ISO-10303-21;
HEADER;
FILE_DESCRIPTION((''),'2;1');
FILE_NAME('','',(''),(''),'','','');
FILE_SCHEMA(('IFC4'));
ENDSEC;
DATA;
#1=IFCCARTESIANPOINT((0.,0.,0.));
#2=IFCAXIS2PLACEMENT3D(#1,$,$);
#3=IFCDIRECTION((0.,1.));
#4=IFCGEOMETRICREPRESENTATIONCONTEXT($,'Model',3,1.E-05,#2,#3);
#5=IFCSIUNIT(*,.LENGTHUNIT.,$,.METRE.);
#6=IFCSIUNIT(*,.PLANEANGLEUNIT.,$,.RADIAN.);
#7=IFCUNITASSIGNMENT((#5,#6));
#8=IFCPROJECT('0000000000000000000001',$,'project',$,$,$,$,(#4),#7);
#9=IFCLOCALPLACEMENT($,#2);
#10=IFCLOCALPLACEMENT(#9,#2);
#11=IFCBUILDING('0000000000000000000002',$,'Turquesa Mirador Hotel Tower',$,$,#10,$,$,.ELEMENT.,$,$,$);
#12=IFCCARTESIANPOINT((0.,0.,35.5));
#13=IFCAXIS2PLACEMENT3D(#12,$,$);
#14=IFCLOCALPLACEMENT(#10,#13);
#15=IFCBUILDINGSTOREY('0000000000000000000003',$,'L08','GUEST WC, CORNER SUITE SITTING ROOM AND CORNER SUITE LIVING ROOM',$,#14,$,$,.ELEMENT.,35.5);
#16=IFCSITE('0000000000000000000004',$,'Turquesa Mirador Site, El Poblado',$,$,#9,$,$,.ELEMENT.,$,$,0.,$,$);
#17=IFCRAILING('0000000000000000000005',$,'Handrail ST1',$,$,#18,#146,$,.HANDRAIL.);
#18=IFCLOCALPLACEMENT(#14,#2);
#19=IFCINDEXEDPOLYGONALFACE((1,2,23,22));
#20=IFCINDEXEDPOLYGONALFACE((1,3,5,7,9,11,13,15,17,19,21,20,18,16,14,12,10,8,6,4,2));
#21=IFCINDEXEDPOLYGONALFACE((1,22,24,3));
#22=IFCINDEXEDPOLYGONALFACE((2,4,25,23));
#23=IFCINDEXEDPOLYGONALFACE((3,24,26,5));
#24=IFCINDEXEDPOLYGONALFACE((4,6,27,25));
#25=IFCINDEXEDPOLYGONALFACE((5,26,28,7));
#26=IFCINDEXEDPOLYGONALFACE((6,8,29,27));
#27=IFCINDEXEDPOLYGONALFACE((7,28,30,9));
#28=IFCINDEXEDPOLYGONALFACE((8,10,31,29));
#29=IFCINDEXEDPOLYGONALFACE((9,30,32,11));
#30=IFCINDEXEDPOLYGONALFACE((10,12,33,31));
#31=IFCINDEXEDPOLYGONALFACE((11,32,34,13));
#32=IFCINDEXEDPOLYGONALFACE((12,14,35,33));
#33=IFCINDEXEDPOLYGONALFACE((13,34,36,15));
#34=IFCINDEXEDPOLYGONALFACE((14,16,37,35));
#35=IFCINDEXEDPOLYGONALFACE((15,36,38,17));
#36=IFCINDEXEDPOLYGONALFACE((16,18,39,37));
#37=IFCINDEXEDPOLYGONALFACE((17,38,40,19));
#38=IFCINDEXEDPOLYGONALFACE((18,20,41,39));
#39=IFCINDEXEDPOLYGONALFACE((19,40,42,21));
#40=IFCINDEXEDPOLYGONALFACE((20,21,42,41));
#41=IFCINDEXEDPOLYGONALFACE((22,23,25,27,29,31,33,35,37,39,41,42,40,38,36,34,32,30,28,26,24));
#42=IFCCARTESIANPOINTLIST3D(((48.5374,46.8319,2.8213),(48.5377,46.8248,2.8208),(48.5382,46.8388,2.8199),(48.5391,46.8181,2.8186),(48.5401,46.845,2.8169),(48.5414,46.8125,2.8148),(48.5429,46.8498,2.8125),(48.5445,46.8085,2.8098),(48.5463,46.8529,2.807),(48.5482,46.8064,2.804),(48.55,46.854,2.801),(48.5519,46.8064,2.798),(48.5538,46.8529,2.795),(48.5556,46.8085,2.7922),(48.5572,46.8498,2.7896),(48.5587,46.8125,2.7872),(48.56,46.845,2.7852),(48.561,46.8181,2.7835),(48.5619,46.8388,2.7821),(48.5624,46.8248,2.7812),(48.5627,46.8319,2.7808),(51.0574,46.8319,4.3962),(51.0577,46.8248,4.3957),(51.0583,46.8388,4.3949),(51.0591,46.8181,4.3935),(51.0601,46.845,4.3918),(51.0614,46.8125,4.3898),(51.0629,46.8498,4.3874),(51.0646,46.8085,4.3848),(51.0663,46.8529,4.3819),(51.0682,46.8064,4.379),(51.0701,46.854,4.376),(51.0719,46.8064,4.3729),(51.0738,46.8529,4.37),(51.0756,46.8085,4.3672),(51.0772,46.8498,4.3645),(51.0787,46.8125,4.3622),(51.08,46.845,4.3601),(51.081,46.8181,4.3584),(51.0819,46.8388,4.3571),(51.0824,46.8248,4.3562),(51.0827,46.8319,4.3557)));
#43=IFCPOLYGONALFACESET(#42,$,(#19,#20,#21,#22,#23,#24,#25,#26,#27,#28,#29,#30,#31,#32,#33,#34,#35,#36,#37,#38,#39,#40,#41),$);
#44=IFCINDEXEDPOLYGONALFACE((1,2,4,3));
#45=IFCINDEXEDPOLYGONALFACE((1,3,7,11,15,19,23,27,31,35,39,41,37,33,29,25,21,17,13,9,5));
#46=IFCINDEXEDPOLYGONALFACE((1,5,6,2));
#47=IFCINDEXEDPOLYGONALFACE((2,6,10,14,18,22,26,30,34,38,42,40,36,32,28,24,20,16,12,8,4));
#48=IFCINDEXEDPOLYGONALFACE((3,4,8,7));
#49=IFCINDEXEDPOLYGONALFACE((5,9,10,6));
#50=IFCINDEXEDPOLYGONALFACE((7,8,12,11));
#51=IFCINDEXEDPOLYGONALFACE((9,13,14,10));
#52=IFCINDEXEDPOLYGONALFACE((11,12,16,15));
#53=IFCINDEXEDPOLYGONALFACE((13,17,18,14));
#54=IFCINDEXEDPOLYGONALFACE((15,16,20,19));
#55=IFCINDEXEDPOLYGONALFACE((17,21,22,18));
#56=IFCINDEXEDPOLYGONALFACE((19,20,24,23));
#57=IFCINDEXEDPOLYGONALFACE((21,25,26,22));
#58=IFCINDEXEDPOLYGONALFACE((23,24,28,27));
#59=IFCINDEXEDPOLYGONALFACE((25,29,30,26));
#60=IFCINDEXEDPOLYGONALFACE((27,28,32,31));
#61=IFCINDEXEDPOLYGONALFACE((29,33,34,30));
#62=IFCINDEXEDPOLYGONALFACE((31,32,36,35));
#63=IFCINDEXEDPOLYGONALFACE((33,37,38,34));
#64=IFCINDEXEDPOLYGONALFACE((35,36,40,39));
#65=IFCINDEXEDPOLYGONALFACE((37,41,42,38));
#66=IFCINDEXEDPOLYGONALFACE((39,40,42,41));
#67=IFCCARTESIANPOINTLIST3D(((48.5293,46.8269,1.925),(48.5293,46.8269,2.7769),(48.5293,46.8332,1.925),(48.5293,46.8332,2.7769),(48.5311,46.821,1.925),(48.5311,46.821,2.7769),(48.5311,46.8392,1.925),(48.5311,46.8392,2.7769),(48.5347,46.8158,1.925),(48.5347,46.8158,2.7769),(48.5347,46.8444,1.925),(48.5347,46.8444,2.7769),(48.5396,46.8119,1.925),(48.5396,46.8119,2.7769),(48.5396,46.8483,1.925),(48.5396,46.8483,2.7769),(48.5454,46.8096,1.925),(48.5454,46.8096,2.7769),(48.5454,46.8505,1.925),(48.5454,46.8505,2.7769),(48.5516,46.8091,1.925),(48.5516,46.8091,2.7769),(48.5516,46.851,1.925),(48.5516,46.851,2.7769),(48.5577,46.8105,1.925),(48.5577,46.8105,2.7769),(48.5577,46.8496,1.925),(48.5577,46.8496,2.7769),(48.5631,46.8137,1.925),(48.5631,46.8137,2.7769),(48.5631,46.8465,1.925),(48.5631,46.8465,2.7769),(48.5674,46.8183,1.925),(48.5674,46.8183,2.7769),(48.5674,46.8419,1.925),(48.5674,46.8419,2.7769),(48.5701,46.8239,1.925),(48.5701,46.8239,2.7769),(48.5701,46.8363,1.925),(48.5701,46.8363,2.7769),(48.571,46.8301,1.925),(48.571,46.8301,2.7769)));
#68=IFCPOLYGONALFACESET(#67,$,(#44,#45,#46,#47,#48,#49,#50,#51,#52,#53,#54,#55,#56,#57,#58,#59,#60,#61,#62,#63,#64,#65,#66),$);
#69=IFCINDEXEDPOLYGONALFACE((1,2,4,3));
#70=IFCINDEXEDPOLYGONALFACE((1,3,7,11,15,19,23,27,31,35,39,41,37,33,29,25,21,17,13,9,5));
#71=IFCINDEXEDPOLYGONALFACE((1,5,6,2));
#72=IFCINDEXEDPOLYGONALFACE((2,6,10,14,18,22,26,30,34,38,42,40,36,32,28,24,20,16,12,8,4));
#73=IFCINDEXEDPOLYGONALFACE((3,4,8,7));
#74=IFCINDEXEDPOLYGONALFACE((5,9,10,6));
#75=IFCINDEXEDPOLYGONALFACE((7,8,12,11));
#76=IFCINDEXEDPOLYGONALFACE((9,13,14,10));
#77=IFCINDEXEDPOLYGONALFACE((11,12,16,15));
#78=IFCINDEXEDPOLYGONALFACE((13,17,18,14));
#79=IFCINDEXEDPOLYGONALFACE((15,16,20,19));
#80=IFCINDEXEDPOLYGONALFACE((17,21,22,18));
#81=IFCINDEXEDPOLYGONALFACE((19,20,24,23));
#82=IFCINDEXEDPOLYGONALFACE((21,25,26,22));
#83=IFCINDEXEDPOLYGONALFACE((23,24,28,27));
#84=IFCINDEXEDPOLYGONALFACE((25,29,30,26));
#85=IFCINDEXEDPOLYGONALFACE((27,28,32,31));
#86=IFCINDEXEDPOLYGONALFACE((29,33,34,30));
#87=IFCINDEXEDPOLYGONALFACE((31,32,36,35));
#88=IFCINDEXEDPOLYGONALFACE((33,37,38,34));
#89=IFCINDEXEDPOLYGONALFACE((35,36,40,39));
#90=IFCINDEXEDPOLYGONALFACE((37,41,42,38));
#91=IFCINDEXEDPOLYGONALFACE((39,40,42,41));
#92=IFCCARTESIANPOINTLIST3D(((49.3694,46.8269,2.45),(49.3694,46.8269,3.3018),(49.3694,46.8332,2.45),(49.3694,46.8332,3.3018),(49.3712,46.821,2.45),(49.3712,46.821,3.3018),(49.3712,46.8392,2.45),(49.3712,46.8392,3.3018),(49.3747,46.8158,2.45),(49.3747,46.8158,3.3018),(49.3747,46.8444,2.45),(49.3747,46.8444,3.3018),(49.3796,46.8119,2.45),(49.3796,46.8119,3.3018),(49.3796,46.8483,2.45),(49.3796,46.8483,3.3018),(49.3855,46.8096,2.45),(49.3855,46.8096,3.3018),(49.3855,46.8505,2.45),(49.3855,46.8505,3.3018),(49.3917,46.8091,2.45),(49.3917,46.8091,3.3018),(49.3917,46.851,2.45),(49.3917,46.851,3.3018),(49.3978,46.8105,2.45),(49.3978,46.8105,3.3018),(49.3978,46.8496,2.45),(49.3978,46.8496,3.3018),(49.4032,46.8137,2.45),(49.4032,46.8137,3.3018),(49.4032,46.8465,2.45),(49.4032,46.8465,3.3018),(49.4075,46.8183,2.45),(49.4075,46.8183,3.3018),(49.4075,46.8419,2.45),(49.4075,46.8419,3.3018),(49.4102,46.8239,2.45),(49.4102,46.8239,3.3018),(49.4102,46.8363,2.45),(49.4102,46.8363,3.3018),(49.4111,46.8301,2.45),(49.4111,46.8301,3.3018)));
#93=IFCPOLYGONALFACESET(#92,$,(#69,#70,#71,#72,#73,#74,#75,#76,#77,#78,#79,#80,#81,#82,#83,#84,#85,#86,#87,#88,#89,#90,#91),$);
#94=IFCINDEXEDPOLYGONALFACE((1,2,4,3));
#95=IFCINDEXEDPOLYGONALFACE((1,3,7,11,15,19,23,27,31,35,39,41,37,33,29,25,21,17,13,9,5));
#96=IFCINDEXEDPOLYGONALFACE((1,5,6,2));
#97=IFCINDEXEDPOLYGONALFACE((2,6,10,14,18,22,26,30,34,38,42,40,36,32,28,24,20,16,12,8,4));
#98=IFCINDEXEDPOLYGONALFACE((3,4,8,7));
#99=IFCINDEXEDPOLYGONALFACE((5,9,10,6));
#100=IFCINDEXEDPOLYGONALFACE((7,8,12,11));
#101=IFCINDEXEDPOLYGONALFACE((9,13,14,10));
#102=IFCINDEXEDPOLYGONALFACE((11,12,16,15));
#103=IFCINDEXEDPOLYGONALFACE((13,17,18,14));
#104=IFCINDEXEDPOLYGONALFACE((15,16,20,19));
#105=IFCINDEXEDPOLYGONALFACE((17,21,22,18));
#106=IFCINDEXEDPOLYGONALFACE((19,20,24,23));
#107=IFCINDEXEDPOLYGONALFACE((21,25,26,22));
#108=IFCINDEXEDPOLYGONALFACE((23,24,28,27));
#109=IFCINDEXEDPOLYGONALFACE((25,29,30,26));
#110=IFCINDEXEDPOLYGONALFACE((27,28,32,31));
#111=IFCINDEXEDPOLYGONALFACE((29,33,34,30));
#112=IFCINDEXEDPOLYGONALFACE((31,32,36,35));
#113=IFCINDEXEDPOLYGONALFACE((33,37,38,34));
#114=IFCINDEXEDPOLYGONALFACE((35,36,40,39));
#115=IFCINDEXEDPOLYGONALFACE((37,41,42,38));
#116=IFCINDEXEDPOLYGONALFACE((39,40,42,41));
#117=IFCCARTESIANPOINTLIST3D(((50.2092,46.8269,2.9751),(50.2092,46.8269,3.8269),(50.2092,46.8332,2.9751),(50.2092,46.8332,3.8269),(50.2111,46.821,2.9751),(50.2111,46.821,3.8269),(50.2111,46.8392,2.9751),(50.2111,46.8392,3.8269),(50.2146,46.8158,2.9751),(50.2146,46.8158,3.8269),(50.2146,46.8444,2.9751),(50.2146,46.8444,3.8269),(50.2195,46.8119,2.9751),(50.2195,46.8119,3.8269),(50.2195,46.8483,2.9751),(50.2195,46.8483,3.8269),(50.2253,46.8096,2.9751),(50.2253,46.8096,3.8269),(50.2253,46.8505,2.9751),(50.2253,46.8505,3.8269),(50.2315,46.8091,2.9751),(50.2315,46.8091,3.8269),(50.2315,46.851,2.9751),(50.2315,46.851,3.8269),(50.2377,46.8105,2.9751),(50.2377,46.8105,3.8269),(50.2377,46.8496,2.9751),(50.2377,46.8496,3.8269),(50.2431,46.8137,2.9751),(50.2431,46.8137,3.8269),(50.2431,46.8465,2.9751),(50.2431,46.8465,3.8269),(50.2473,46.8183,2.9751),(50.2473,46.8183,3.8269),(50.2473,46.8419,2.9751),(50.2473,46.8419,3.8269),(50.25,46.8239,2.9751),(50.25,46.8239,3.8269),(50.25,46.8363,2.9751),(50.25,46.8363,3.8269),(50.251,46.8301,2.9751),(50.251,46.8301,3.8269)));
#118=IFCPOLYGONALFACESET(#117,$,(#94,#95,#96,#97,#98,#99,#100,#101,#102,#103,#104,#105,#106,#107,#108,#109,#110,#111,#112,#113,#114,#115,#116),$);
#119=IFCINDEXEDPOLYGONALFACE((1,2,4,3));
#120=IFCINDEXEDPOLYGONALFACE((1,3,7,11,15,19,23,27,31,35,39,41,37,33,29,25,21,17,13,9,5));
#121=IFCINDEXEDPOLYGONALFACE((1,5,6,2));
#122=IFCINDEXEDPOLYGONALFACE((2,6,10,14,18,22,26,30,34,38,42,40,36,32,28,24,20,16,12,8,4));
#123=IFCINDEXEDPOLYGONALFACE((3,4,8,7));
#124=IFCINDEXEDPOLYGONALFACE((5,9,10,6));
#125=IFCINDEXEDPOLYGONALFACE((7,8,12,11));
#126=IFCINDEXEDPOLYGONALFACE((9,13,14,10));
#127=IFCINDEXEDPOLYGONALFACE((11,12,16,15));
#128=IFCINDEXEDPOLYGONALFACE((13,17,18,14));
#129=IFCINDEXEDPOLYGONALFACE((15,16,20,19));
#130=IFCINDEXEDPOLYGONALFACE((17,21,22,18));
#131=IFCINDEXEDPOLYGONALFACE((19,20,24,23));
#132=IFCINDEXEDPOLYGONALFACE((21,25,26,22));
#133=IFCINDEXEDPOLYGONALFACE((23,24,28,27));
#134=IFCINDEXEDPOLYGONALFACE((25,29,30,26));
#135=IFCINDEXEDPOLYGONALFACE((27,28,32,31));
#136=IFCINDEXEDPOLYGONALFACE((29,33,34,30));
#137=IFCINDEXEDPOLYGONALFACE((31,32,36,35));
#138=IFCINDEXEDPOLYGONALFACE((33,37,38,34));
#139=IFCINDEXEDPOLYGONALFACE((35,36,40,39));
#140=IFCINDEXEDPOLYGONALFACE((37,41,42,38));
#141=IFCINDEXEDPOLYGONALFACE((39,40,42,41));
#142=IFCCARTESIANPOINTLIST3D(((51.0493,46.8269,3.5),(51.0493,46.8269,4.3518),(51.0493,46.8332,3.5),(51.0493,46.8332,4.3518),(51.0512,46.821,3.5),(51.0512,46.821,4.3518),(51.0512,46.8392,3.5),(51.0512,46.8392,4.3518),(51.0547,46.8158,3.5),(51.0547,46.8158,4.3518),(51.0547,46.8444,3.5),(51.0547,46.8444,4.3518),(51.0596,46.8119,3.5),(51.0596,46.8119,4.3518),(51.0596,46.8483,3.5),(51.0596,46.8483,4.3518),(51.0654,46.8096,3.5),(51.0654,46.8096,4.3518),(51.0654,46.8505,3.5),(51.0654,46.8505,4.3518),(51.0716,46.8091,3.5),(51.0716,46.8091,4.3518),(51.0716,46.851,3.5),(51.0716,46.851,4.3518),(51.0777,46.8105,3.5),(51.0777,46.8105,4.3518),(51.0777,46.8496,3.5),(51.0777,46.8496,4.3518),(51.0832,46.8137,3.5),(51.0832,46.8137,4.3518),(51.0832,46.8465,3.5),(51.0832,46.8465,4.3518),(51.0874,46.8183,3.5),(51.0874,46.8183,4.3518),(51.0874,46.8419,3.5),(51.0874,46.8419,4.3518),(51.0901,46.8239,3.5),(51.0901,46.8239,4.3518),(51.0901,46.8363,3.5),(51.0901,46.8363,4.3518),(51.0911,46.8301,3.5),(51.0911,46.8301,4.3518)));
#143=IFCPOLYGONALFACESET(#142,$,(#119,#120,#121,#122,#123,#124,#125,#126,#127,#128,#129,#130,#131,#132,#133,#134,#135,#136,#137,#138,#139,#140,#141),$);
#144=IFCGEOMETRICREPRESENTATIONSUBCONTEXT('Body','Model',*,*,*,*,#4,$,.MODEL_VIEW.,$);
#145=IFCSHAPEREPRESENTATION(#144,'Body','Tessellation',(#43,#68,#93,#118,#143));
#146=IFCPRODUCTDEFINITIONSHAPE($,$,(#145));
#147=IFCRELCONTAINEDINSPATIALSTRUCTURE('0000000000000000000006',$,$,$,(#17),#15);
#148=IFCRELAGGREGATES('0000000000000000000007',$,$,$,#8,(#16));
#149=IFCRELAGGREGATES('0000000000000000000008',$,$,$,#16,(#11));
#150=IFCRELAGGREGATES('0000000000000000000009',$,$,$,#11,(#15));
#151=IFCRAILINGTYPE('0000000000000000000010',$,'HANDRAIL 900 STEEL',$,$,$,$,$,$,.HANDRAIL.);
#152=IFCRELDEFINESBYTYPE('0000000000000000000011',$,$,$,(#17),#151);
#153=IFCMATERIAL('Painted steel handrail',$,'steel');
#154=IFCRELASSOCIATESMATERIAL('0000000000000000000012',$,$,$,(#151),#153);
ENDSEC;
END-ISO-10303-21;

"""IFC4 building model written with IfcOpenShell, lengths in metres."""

from ifc_helpers import new_model, si_unit, direction, frame, origin, origin_2d, place, context, subcontext, project, spatial, circle, extrude, material, type_object, element, save


model = new_model("IFC4")

# Units and contexts
model_context = context("Model", 3, precision=1e-05, world=origin(), true_north=direction((0.0, 1.0)))
body_context = subcontext(model_context, "Body", "Model", "MODEL_VIEW")
ifc_project = project(units=[si_unit("LENGTHUNIT", "METRE"), si_unit("PLANEANGLEUNIT", "RADIAN")], contexts=[model_context])

# Site, building, storey
site_placement = place(None, origin())
site = spatial("IfcSite", under=ifc_project, at=site_placement, Name="Turquesa Mirador Site, El Poblado", CompositionType="ELEMENT", RefElevation=0.0)
building_placement = place(site_placement, origin())
building = spatial("IfcBuilding", under=site, at=building_placement, Name="Turquesa Mirador Hotel Tower", CompositionType="ELEMENT")
storey_placement = place(building_placement, frame((0.0, 0.0, 35.5)))
storey = spatial("IfcBuildingStorey", under=building, at=storey_placement, Name="L08", Description="GUEST WC, CORNER SUITE SITTING ROOM AND CORNER SUITE LIVING ROOM", CompositionType="ELEMENT", Elevation=35.5)

# Railing
ifc_material_1 = material(Name="Painted steel handrail", Category="steel")
railing_type = type_object("IfcRailingType", Name="HANDRAIL 900 STEEL", PredefinedType="HANDRAIL", material=ifc_material_1)
for number, where, name in (
    (1, (48.55, 46.8301, 1.925), "Handrail ST1"),
):
    element("IfcRailing", number, at=place(storey_placement, frame(where)), inside=storey, type_object=railing_type, Name=name, PredefinedType="HANDRAIL", context=body_context, shape_type="SweptSolid", body=[
        extrude(circle(Radius=0.0239, at=origin_2d()), frame((0.0, 0.0, 0.876), z_axis=(0.848008, 0.0, 0.529984), x_axis=(0.0, 1.0, 0.0)), (0.0, 0.0, 1.0), 2.9717),
        extrude(circle(Radius=0.021, at=origin_2d()), origin(), (0.0, 0.0, 1.0), 0.8518),
        extrude(circle(Radius=0.021, at=origin_2d()), frame((0.8401, 0.0, 0.5249)), (0.0, 0.0, 1.0), 0.8518),
        extrude(circle(Radius=0.021, at=origin_2d()), frame((1.6799, 0.0, 1.05)), (0.0, 0.0, 1.0), 0.8518),
        extrude(circle(Radius=0.021, at=origin_2d()), frame((2.52, 0.0, 1.575)), (0.0, 0.0, 1.0), 0.8518),
    ])

save(model, "model.ifc")
